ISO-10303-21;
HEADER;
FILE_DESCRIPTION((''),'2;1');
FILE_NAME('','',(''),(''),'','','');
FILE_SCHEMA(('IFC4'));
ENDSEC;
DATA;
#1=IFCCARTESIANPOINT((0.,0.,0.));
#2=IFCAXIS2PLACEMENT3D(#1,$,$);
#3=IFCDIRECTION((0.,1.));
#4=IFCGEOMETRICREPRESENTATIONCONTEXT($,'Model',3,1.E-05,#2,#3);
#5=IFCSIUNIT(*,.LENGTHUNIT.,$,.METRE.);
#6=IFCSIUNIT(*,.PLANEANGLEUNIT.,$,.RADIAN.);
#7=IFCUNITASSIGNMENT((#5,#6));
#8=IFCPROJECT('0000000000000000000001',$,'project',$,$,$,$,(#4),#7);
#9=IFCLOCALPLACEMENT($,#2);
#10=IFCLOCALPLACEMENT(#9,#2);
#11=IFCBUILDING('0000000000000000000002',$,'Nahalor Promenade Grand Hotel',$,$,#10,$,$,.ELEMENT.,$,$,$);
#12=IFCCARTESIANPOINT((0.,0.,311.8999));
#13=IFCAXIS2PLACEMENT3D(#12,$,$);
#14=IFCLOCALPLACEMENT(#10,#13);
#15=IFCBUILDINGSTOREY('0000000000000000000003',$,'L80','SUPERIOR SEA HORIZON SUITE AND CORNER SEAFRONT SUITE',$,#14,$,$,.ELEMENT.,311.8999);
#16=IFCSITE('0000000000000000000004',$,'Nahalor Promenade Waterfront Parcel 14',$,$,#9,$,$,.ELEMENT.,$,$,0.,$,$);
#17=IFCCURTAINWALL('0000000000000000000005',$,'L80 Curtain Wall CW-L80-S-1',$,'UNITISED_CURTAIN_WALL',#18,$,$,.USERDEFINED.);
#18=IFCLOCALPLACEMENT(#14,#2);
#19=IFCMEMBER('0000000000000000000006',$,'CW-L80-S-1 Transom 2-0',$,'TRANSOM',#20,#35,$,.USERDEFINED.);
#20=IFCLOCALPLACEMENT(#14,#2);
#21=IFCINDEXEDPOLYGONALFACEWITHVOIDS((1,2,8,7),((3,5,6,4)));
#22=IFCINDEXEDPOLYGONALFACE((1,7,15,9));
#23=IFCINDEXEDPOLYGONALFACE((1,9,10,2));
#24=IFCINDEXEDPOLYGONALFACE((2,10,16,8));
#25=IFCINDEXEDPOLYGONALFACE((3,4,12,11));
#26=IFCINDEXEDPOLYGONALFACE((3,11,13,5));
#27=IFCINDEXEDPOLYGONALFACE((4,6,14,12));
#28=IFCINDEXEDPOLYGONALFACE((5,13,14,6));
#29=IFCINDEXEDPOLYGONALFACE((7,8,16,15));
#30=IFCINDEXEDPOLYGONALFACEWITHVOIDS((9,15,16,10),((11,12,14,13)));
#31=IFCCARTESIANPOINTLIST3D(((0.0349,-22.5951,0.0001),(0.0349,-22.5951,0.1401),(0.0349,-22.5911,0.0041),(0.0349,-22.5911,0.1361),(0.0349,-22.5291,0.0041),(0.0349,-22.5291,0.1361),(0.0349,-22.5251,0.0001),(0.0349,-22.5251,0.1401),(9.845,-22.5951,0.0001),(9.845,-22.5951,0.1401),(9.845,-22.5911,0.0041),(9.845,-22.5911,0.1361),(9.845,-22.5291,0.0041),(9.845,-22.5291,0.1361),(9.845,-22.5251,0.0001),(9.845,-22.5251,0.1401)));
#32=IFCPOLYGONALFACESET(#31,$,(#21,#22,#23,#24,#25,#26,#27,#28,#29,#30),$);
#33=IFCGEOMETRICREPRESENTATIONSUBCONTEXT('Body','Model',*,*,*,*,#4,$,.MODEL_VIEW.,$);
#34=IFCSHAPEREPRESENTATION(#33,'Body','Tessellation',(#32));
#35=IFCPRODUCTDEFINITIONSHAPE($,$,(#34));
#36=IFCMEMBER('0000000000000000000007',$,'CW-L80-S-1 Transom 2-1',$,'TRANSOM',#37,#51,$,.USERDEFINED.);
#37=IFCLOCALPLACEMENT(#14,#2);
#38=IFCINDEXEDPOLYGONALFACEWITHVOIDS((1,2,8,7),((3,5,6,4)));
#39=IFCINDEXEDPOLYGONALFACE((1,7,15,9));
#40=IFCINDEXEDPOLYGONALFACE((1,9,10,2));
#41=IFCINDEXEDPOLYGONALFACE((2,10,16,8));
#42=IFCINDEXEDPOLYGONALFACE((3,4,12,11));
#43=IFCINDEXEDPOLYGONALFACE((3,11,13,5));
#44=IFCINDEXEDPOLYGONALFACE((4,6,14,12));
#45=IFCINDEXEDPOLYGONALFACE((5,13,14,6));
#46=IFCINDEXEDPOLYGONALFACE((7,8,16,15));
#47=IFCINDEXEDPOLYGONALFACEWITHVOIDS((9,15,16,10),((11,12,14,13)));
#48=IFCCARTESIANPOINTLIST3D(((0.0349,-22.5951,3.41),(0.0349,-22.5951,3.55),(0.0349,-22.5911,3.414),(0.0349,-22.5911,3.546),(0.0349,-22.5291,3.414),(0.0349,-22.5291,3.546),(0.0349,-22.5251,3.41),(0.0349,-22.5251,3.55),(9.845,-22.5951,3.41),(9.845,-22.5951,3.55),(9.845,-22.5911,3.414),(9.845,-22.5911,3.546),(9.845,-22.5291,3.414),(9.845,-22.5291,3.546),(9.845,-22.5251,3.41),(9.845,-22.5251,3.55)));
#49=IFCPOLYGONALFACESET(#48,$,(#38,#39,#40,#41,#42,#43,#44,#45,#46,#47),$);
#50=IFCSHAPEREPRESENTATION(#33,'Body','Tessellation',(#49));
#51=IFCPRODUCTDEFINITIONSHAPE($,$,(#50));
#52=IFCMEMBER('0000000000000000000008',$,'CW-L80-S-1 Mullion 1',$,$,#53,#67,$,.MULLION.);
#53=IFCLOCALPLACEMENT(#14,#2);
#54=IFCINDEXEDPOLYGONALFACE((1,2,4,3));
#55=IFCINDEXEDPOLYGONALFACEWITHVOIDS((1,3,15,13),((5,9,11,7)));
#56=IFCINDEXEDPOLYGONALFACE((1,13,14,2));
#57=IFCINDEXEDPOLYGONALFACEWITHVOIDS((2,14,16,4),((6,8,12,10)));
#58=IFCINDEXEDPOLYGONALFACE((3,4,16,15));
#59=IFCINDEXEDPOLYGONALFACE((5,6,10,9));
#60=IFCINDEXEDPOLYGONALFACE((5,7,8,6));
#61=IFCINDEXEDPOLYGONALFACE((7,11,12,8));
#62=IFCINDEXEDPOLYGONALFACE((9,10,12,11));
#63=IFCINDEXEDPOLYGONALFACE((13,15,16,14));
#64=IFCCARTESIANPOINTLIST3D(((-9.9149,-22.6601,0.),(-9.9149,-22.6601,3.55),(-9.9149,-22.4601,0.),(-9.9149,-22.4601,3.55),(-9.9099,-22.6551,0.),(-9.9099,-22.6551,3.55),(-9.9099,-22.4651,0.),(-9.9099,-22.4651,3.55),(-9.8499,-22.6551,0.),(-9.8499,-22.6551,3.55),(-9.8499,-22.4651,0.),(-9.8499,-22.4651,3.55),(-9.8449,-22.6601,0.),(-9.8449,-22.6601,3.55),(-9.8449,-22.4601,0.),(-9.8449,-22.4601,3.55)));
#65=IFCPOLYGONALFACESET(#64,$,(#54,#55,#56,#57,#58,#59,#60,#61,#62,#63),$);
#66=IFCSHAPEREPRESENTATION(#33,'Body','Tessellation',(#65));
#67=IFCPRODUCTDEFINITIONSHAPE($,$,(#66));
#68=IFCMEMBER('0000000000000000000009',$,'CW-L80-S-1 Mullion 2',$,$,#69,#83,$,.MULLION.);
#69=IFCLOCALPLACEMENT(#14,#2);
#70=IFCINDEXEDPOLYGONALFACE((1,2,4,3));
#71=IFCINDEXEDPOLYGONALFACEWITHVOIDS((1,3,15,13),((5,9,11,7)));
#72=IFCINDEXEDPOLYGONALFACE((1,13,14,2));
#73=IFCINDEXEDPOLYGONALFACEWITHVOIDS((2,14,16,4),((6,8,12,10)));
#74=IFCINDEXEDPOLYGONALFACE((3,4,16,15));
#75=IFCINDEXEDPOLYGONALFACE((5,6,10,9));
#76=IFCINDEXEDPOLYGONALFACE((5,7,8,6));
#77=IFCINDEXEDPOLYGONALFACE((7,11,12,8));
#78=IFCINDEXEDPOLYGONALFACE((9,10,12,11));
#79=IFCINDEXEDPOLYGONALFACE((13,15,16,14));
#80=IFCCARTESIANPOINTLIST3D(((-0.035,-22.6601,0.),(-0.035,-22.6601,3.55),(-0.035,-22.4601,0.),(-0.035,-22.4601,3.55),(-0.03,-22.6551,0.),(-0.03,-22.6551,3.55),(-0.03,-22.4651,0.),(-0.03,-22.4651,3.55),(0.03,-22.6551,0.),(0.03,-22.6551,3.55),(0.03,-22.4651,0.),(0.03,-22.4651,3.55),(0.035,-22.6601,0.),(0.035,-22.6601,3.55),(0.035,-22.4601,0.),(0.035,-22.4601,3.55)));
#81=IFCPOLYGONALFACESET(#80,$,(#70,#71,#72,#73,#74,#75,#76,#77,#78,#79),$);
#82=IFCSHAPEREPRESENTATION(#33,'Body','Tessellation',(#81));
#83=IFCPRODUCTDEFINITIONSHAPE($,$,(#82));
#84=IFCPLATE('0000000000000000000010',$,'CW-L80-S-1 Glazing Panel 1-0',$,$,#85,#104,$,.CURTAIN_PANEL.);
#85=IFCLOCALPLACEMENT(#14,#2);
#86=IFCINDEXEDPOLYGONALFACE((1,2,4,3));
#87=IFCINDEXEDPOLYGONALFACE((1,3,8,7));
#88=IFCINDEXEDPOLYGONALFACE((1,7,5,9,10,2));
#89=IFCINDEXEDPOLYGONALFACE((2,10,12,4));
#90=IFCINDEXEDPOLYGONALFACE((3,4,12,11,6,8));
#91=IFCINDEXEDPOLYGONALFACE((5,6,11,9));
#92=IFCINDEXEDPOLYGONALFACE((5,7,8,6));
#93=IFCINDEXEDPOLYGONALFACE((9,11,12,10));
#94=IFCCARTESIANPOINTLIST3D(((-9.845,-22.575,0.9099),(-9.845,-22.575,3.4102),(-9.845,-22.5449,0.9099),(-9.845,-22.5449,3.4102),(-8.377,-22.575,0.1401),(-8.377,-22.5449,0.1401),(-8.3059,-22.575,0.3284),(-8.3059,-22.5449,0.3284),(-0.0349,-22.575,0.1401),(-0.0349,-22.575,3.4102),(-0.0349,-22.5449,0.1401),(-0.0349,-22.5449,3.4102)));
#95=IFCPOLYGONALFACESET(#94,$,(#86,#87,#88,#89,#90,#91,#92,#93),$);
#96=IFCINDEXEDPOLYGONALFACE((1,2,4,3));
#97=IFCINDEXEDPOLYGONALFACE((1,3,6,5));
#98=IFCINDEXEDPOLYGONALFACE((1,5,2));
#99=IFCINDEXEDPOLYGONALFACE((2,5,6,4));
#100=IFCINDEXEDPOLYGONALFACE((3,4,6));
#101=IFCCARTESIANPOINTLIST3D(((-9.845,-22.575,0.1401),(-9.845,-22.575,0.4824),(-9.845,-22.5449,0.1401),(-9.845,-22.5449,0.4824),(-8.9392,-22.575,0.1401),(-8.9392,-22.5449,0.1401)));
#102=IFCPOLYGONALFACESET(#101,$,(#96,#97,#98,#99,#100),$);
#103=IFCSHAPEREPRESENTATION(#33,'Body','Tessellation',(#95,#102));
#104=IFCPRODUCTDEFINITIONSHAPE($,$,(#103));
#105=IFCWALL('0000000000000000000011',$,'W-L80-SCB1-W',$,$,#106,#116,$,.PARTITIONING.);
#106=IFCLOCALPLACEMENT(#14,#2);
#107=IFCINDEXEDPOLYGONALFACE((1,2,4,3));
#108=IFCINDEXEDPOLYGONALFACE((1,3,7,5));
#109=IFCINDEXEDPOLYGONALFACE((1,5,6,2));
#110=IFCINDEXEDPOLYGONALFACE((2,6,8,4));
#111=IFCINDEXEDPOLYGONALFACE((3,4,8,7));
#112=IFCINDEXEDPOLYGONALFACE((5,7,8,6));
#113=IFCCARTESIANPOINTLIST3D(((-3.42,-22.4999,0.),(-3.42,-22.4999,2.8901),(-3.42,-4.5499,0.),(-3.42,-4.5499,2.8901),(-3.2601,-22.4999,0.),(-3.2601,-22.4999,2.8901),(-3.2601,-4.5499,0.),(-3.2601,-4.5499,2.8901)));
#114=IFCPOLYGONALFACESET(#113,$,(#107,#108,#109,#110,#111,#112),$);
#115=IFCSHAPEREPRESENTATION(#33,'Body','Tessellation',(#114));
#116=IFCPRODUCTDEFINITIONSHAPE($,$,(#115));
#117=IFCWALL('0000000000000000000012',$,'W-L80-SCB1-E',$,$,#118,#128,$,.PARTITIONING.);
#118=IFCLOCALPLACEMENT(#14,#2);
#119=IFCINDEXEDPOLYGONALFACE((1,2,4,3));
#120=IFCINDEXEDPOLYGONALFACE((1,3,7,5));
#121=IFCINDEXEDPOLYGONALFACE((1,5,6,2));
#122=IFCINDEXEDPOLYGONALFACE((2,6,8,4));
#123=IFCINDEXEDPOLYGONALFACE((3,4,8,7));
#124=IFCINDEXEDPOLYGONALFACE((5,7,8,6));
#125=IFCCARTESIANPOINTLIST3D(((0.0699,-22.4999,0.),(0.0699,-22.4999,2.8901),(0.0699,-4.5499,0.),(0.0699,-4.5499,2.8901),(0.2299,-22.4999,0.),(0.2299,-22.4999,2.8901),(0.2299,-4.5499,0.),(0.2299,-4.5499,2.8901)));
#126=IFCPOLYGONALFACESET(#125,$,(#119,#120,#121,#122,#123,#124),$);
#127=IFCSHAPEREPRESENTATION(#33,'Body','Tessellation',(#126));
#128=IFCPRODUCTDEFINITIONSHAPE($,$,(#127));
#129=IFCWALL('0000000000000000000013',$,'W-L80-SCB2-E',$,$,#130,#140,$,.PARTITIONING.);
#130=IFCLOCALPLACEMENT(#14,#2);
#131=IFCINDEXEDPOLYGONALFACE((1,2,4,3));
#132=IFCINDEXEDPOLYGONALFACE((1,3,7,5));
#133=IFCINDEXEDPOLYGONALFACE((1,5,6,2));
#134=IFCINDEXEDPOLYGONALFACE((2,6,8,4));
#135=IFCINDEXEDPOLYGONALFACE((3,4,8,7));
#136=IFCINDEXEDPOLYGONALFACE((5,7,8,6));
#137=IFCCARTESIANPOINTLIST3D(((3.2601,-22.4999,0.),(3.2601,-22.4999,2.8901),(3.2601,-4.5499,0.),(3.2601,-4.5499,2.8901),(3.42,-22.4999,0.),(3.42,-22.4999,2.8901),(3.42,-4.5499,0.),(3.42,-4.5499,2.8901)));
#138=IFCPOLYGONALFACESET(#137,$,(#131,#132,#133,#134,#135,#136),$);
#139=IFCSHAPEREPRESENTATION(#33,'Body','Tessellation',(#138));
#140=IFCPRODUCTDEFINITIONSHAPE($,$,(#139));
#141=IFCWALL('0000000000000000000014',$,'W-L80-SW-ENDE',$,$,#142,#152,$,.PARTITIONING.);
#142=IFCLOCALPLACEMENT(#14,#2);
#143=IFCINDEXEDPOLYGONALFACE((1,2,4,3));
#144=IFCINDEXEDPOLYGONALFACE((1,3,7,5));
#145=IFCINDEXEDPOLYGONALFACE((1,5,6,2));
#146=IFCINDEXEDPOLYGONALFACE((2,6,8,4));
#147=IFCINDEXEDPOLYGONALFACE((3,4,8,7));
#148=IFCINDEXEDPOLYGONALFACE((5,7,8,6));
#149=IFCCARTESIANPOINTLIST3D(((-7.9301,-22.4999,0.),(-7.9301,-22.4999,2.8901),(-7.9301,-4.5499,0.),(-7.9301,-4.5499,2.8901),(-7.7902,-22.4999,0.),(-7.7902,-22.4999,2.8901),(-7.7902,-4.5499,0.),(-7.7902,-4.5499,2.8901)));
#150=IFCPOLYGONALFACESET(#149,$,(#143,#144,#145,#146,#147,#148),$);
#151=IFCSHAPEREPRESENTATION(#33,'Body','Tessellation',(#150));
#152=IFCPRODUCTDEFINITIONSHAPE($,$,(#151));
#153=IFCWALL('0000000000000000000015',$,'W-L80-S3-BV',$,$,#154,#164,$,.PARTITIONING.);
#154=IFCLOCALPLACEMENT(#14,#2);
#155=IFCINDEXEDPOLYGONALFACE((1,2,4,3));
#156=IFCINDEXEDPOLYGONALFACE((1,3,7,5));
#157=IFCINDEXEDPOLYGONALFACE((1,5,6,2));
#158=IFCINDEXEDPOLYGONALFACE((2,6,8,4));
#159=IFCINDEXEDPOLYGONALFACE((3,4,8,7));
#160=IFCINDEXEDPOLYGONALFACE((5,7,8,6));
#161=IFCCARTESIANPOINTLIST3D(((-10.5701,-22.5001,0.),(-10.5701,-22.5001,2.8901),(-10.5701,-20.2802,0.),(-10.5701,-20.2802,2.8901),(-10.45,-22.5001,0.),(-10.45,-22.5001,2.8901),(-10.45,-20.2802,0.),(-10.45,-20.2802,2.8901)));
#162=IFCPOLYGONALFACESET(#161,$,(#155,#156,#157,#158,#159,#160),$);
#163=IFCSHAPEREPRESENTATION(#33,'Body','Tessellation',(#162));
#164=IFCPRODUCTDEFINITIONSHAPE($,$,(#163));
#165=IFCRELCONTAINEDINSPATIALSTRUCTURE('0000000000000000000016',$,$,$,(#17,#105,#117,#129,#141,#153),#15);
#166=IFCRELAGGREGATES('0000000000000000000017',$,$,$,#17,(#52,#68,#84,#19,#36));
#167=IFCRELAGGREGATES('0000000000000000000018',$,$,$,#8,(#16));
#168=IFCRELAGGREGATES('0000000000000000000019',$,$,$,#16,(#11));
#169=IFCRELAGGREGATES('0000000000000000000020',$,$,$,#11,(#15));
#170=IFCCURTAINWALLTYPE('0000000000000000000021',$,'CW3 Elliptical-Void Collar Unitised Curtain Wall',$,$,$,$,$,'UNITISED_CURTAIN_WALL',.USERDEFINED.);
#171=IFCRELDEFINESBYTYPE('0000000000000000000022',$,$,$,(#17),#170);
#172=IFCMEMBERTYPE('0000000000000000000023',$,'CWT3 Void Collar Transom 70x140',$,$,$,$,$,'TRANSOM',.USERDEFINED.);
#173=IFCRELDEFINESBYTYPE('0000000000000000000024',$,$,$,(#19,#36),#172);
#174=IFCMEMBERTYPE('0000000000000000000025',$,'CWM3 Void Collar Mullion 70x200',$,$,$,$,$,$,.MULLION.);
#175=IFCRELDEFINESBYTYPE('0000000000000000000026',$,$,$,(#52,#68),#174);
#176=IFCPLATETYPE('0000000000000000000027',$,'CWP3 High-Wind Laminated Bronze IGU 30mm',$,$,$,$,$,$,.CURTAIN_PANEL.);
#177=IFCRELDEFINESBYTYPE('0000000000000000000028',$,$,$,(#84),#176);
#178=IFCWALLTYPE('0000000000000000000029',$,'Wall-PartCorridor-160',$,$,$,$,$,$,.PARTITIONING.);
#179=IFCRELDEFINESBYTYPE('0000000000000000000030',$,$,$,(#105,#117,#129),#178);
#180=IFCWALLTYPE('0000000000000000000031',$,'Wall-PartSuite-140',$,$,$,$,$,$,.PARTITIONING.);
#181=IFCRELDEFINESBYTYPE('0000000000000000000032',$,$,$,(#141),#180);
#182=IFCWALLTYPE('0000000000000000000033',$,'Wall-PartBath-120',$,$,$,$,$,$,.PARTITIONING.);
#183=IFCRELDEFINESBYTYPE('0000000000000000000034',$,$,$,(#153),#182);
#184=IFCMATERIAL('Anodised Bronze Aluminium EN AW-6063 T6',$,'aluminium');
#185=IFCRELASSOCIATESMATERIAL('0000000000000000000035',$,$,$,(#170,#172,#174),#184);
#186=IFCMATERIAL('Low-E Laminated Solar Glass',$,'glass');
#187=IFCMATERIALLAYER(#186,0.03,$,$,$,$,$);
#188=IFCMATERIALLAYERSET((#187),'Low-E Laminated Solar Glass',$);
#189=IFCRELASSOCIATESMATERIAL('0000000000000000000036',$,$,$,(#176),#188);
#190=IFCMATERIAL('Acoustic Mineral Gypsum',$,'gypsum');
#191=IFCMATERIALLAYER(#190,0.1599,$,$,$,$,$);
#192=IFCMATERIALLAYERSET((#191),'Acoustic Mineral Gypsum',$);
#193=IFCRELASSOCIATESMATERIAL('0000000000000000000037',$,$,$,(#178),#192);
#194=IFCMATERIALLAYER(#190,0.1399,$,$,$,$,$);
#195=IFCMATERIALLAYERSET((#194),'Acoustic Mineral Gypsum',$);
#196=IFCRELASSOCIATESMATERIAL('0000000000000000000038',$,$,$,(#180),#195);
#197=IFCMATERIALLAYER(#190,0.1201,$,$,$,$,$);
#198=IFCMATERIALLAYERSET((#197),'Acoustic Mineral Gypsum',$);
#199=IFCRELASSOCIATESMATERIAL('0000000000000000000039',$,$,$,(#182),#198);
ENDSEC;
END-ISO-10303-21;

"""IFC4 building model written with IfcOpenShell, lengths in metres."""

from ifc_helpers import new_model, si_unit, direction, frame, frame_2d, origin, origin_2d, place, context, subcontext, project, spatial, polyline, rectangle, hollow_rectangle, outline, extrude, source, transform, mapped, material, layer, layer_set, material_profile, profile_set, type_object, element, aggregate, save


model = new_model("IFC4")

# Units and contexts
model_context = context("Model", 3, precision=1e-05, world=origin(), true_north=direction((0.0, 1.0)))
body_context = subcontext(model_context, "Body", "Model", "MODEL_VIEW")
ifc_project = project(units=[si_unit("LENGTHUNIT", "METRE"), si_unit("PLANEANGLEUNIT", "RADIAN")], contexts=[model_context])

# Site, building, storey
site_placement = place(None, origin())
site = spatial("IfcSite", under=ifc_project, at=site_placement, Name="Nahalor Promenade Waterfront Parcel 14", CompositionType="ELEMENT", RefElevation=0.0)
building_placement = place(site_placement, origin())
building = spatial("IfcBuilding", under=site, at=building_placement, Name="Nahalor Promenade Grand Hotel", CompositionType="ELEMENT")
storey_placement = place(building_placement, frame((0.0, 0.0, 311.8999)))
storey = spatial("IfcBuildingStorey", under=building, at=storey_placement, Name="L80", Description="SUPERIOR SEA HORIZON SUITE AND CORNER SEAFRONT SUITE", CompositionType="ELEMENT", Elevation=311.8999)

# Curtain wall, members, plate
ifc_material_1 = material(Name="Anodised Bronze Aluminium EN AW-6063 T6", Category="aluminium")
curtain_wall_type = type_object("IfcCurtainWallType", Name="CW3 Elliptical-Void Collar Unitised Curtain Wall", ElementType="UNITISED_CURTAIN_WALL", PredefinedType="USERDEFINED", material=ifc_material_1)
curtain_wall_placement = place(storey_placement, origin())
curtain_wall = element("IfcCurtainWall", 1, at=curtain_wall_placement, inside=storey, type_object=curtain_wall_type, Name="L80 Curtain Wall CW-L80-S-1", ObjectType="UNITISED_CURTAIN_WALL", PredefinedType="USERDEFINED")
ifc_material_profile_1 = material_profile(ifc_material_1, hollow_rectangle(XDim=0.07, YDim=0.14, WallThickness=0.004, at=origin_2d()), Name="CWT 70x140x4")
ifc_profile_set_1 = profile_set([ifc_material_profile_1], Name="Anodised Bronze Aluminium EN AW-6063 T6")
member_type_1 = type_object("IfcMemberType", Name="CWT3 Void Collar Transom 70x140", ElementType="TRANSOM", PredefinedType="USERDEFINED", material=ifc_profile_set_1)
shared_shape_1 = source(origin(), body_context, "Body", "SweptSolid", [
    extrude(hollow_rectangle(XDim=0.07, YDim=0.14, WallThickness=0.004, at=origin_2d()), origin(), (0.0, 0.0, 1.0), 9.8101),
])
member_1_placement = place(storey_placement, frame((0.0349, -22.5601, 0.0701), z_axis=(1.0, 0.0, 0.0), x_axis=(0.0, 1.0, 0.0)))
member_1 = element("IfcMember", 2, at=member_1_placement, type_object=member_type_1, Name="CW-L80-S-1 Transom 2-0", ObjectType="TRANSOM", PredefinedType="USERDEFINED", context=body_context, shape_type="MappedRepresentation", body=[
    mapped(shared_shape_1, transform((0.0, 0.0, 0.0), scale=1.0)),
])
member_2_placement = place(storey_placement, frame((0.0349, -22.5601, 3.48), z_axis=(1.0, 0.0, 0.0), x_axis=(0.0, 1.0, 0.0)))
member_2 = element("IfcMember", 3, at=member_2_placement, type_object=member_type_1, Name="CW-L80-S-1 Transom 2-1", ObjectType="TRANSOM", PredefinedType="USERDEFINED", context=body_context, shape_type="MappedRepresentation", body=[
    mapped(shared_shape_1, transform((0.0, 0.0, 0.0), scale=1.0)),
])
ifc_material_profile_2 = material_profile(ifc_material_1, hollow_rectangle(XDim=0.07, YDim=0.2, WallThickness=0.005, at=origin_2d()), Name="CWM 70x200x5")
ifc_profile_set_2 = profile_set([ifc_material_profile_2], Name="Anodised Bronze Aluminium EN AW-6063 T6")
member_type_2 = type_object("IfcMemberType", Name="CWM3 Void Collar Mullion 70x200", PredefinedType="MULLION", material=ifc_profile_set_2)
shared_shape_2 = source(origin(), body_context, "Body", "SweptSolid", [
    extrude(hollow_rectangle(XDim=0.07, YDim=0.2, WallThickness=0.005, at=origin_2d()), origin(), (0.0, 0.0, 1.0), 3.55),
])
member_3_placement = place(storey_placement, frame((-9.8799, -22.5601, 0.0), z_axis=(0.0, 0.0, 1.0), x_axis=(1.0, 0.0, 0.0)))
member_3 = element("IfcMember", 4, at=member_3_placement, type_object=member_type_2, Name="CW-L80-S-1 Mullion 1", PredefinedType="MULLION", context=body_context, shape_type="MappedRepresentation", body=[
    mapped(shared_shape_2, transform((0.0, 0.0, 0.0), scale=1.0)),
])
member_4_placement = place(storey_placement, frame((0.0, -22.5601, 0.0), z_axis=(0.0, 0.0, 1.0), x_axis=(1.0, 0.0, 0.0)))
member_4 = element("IfcMember", 5, at=member_4_placement, type_object=member_type_2, Name="CW-L80-S-1 Mullion 2", PredefinedType="MULLION", context=body_context, shape_type="MappedRepresentation", body=[
    mapped(shared_shape_2, transform((0.0, 0.0, 0.0), scale=1.0)),
])
ifc_material_2 = material(Name="Low-E Laminated Solar Glass", Category="glass")
ifc_layer_1 = layer(ifc_material_2, 0.03)
ifc_layer_set_1 = layer_set([ifc_layer_1], Name="Low-E Laminated Solar Glass")
plate_type = type_object("IfcPlateType", Name="CWP3 High-Wind Laminated Bronze IGU 30mm", PredefinedType="CURTAIN_PANEL", material=ifc_layer_set_1)
plate_placement = place(storey_placement, frame((-4.9399, -22.5601, 0.1401), z_axis=(0.0, 0.0, 1.0), x_axis=(1.0, 0.0, 0.0)))
plate = element("IfcPlate", 6, at=plate_placement, type_object=plate_type, Name="CW-L80-S-1 Glazing Panel 1-0", PredefinedType="CURTAIN_PANEL", context=body_context, shape_type="SweptSolid", body=[
    extrude(outline(polyline([(4.905, 3.27), (-4.905, 3.27), (-4.905, 0.7698), (-3.366, 0.1882), (-3.437, 0.0), (4.905, 0.0), (4.905, 3.27)])), frame((0.0, 0.0151, 0.0), z_axis=(0.0, -1.0, 0.0), x_axis=(1.0, 0.0, 0.0)), (0.0, 0.0, 1.0), 0.03),
    extrude(outline(polyline([(-4.905, 0.3423), (-4.905, 0.0), (-3.9993, 0.0), (-4.905, 0.3423)])), frame((0.0, 0.0151, 0.0), z_axis=(0.0, -1.0, 0.0), x_axis=(1.0, 0.0, 0.0)), (0.0, 0.0, 1.0), 0.03),
])
aggregate(curtain_wall, [member_3, member_4, plate, member_1, member_2])

# Walls
ifc_material_3 = material(Name="Acoustic Mineral Gypsum", Category="gypsum")
ifc_layer_2 = layer(ifc_material_3, 0.1599)
ifc_layer_set_2 = layer_set([ifc_layer_2], Name="Acoustic Mineral Gypsum")
wall_type_1 = type_object("IfcWallType", Name="Wall-PartCorridor-160", PredefinedType="PARTITIONING", material=ifc_layer_set_2)
shared_shape_3 = source(origin(), body_context, "Body", "SweptSolid", [
    extrude(rectangle(XDim=17.95, YDim=0.1599, at=frame_2d((8.9751, 0.0))), origin(), (0.0, 0.0, 1.0), 2.8901),
])
for number, where, z_axis, x_axis, name in (
    (7, (-3.3401, -22.5, 0.0), (0.0, 0.0, 1.0), (0.0, 1.0, 0.0), "W-L80-SCB1-W"),
    (8, (0.1499, -22.5, 0.0), (0.0, 0.0, 1.0), (0.0, 1.0, 0.0), "W-L80-SCB1-E"),
    (9, (3.3401, -22.5, 0.0), (0.0, 0.0, 1.0), (0.0, 1.0, 0.0), "W-L80-SCB2-E"),
):
    element("IfcWall", number, at=place(storey_placement, frame(where, z_axis=z_axis, x_axis=x_axis)), inside=storey, type_object=wall_type_1, Name=name, PredefinedType="PARTITIONING", context=body_context, shape_type="MappedRepresentation", body=[
        mapped(shared_shape_3, transform((0.0, 0.0, 0.0), scale=1.0)),
    ])
ifc_layer_3 = layer(ifc_material_3, 0.1399)
ifc_layer_set_3 = layer_set([ifc_layer_3], Name="Acoustic Mineral Gypsum")
wall_type_2 = type_object("IfcWallType", Name="Wall-PartSuite-140", PredefinedType="PARTITIONING", material=ifc_layer_set_3)
shared_shape_4 = source(origin(), body_context, "Body", "SweptSolid", [
    extrude(rectangle(XDim=17.95, YDim=0.1399, at=frame_2d((8.9751, 0.0))), origin(), (0.0, 0.0, 1.0), 2.8901),
])
wall_1_placement = place(storey_placement, frame((-7.8601, -22.5, 0.0), z_axis=(0.0, 0.0, 1.0), x_axis=(0.0, 1.0, 0.0)))
element("IfcWall", 10, at=wall_1_placement, inside=storey, type_object=wall_type_2, Name="W-L80-SW-ENDE", PredefinedType="PARTITIONING", context=body_context, shape_type="MappedRepresentation", body=[
    mapped(shared_shape_4, transform((0.0, 0.0, 0.0), scale=1.0)),
])
ifc_layer_4 = layer(ifc_material_3, 0.1201)
ifc_layer_set_4 = layer_set([ifc_layer_4], Name="Acoustic Mineral Gypsum")
wall_type_3 = type_object("IfcWallType", Name="Wall-PartBath-120", PredefinedType="PARTITIONING", material=ifc_layer_set_4)
shared_shape_5 = source(origin(), body_context, "Body", "SweptSolid", [
    extrude(rectangle(XDim=2.22, YDim=0.1201, at=frame_2d((1.1099, 0.0))), origin(), (0.0, 0.0, 1.0), 2.8901),
])
wall_2_placement = place(storey_placement, frame((-10.51, -22.5, 0.0), z_axis=(0.0, 0.0, 1.0), x_axis=(0.0, 1.0, 0.0)))
element("IfcWall", 11, at=wall_2_placement, inside=storey, type_object=wall_type_3, Name="W-L80-S3-BV", PredefinedType="PARTITIONING", context=body_context, shape_type="MappedRepresentation", body=[
    mapped(shared_shape_5, transform((0.0, 0.0, 0.0), scale=1.0)),
])

save(model, "model.ifc")
